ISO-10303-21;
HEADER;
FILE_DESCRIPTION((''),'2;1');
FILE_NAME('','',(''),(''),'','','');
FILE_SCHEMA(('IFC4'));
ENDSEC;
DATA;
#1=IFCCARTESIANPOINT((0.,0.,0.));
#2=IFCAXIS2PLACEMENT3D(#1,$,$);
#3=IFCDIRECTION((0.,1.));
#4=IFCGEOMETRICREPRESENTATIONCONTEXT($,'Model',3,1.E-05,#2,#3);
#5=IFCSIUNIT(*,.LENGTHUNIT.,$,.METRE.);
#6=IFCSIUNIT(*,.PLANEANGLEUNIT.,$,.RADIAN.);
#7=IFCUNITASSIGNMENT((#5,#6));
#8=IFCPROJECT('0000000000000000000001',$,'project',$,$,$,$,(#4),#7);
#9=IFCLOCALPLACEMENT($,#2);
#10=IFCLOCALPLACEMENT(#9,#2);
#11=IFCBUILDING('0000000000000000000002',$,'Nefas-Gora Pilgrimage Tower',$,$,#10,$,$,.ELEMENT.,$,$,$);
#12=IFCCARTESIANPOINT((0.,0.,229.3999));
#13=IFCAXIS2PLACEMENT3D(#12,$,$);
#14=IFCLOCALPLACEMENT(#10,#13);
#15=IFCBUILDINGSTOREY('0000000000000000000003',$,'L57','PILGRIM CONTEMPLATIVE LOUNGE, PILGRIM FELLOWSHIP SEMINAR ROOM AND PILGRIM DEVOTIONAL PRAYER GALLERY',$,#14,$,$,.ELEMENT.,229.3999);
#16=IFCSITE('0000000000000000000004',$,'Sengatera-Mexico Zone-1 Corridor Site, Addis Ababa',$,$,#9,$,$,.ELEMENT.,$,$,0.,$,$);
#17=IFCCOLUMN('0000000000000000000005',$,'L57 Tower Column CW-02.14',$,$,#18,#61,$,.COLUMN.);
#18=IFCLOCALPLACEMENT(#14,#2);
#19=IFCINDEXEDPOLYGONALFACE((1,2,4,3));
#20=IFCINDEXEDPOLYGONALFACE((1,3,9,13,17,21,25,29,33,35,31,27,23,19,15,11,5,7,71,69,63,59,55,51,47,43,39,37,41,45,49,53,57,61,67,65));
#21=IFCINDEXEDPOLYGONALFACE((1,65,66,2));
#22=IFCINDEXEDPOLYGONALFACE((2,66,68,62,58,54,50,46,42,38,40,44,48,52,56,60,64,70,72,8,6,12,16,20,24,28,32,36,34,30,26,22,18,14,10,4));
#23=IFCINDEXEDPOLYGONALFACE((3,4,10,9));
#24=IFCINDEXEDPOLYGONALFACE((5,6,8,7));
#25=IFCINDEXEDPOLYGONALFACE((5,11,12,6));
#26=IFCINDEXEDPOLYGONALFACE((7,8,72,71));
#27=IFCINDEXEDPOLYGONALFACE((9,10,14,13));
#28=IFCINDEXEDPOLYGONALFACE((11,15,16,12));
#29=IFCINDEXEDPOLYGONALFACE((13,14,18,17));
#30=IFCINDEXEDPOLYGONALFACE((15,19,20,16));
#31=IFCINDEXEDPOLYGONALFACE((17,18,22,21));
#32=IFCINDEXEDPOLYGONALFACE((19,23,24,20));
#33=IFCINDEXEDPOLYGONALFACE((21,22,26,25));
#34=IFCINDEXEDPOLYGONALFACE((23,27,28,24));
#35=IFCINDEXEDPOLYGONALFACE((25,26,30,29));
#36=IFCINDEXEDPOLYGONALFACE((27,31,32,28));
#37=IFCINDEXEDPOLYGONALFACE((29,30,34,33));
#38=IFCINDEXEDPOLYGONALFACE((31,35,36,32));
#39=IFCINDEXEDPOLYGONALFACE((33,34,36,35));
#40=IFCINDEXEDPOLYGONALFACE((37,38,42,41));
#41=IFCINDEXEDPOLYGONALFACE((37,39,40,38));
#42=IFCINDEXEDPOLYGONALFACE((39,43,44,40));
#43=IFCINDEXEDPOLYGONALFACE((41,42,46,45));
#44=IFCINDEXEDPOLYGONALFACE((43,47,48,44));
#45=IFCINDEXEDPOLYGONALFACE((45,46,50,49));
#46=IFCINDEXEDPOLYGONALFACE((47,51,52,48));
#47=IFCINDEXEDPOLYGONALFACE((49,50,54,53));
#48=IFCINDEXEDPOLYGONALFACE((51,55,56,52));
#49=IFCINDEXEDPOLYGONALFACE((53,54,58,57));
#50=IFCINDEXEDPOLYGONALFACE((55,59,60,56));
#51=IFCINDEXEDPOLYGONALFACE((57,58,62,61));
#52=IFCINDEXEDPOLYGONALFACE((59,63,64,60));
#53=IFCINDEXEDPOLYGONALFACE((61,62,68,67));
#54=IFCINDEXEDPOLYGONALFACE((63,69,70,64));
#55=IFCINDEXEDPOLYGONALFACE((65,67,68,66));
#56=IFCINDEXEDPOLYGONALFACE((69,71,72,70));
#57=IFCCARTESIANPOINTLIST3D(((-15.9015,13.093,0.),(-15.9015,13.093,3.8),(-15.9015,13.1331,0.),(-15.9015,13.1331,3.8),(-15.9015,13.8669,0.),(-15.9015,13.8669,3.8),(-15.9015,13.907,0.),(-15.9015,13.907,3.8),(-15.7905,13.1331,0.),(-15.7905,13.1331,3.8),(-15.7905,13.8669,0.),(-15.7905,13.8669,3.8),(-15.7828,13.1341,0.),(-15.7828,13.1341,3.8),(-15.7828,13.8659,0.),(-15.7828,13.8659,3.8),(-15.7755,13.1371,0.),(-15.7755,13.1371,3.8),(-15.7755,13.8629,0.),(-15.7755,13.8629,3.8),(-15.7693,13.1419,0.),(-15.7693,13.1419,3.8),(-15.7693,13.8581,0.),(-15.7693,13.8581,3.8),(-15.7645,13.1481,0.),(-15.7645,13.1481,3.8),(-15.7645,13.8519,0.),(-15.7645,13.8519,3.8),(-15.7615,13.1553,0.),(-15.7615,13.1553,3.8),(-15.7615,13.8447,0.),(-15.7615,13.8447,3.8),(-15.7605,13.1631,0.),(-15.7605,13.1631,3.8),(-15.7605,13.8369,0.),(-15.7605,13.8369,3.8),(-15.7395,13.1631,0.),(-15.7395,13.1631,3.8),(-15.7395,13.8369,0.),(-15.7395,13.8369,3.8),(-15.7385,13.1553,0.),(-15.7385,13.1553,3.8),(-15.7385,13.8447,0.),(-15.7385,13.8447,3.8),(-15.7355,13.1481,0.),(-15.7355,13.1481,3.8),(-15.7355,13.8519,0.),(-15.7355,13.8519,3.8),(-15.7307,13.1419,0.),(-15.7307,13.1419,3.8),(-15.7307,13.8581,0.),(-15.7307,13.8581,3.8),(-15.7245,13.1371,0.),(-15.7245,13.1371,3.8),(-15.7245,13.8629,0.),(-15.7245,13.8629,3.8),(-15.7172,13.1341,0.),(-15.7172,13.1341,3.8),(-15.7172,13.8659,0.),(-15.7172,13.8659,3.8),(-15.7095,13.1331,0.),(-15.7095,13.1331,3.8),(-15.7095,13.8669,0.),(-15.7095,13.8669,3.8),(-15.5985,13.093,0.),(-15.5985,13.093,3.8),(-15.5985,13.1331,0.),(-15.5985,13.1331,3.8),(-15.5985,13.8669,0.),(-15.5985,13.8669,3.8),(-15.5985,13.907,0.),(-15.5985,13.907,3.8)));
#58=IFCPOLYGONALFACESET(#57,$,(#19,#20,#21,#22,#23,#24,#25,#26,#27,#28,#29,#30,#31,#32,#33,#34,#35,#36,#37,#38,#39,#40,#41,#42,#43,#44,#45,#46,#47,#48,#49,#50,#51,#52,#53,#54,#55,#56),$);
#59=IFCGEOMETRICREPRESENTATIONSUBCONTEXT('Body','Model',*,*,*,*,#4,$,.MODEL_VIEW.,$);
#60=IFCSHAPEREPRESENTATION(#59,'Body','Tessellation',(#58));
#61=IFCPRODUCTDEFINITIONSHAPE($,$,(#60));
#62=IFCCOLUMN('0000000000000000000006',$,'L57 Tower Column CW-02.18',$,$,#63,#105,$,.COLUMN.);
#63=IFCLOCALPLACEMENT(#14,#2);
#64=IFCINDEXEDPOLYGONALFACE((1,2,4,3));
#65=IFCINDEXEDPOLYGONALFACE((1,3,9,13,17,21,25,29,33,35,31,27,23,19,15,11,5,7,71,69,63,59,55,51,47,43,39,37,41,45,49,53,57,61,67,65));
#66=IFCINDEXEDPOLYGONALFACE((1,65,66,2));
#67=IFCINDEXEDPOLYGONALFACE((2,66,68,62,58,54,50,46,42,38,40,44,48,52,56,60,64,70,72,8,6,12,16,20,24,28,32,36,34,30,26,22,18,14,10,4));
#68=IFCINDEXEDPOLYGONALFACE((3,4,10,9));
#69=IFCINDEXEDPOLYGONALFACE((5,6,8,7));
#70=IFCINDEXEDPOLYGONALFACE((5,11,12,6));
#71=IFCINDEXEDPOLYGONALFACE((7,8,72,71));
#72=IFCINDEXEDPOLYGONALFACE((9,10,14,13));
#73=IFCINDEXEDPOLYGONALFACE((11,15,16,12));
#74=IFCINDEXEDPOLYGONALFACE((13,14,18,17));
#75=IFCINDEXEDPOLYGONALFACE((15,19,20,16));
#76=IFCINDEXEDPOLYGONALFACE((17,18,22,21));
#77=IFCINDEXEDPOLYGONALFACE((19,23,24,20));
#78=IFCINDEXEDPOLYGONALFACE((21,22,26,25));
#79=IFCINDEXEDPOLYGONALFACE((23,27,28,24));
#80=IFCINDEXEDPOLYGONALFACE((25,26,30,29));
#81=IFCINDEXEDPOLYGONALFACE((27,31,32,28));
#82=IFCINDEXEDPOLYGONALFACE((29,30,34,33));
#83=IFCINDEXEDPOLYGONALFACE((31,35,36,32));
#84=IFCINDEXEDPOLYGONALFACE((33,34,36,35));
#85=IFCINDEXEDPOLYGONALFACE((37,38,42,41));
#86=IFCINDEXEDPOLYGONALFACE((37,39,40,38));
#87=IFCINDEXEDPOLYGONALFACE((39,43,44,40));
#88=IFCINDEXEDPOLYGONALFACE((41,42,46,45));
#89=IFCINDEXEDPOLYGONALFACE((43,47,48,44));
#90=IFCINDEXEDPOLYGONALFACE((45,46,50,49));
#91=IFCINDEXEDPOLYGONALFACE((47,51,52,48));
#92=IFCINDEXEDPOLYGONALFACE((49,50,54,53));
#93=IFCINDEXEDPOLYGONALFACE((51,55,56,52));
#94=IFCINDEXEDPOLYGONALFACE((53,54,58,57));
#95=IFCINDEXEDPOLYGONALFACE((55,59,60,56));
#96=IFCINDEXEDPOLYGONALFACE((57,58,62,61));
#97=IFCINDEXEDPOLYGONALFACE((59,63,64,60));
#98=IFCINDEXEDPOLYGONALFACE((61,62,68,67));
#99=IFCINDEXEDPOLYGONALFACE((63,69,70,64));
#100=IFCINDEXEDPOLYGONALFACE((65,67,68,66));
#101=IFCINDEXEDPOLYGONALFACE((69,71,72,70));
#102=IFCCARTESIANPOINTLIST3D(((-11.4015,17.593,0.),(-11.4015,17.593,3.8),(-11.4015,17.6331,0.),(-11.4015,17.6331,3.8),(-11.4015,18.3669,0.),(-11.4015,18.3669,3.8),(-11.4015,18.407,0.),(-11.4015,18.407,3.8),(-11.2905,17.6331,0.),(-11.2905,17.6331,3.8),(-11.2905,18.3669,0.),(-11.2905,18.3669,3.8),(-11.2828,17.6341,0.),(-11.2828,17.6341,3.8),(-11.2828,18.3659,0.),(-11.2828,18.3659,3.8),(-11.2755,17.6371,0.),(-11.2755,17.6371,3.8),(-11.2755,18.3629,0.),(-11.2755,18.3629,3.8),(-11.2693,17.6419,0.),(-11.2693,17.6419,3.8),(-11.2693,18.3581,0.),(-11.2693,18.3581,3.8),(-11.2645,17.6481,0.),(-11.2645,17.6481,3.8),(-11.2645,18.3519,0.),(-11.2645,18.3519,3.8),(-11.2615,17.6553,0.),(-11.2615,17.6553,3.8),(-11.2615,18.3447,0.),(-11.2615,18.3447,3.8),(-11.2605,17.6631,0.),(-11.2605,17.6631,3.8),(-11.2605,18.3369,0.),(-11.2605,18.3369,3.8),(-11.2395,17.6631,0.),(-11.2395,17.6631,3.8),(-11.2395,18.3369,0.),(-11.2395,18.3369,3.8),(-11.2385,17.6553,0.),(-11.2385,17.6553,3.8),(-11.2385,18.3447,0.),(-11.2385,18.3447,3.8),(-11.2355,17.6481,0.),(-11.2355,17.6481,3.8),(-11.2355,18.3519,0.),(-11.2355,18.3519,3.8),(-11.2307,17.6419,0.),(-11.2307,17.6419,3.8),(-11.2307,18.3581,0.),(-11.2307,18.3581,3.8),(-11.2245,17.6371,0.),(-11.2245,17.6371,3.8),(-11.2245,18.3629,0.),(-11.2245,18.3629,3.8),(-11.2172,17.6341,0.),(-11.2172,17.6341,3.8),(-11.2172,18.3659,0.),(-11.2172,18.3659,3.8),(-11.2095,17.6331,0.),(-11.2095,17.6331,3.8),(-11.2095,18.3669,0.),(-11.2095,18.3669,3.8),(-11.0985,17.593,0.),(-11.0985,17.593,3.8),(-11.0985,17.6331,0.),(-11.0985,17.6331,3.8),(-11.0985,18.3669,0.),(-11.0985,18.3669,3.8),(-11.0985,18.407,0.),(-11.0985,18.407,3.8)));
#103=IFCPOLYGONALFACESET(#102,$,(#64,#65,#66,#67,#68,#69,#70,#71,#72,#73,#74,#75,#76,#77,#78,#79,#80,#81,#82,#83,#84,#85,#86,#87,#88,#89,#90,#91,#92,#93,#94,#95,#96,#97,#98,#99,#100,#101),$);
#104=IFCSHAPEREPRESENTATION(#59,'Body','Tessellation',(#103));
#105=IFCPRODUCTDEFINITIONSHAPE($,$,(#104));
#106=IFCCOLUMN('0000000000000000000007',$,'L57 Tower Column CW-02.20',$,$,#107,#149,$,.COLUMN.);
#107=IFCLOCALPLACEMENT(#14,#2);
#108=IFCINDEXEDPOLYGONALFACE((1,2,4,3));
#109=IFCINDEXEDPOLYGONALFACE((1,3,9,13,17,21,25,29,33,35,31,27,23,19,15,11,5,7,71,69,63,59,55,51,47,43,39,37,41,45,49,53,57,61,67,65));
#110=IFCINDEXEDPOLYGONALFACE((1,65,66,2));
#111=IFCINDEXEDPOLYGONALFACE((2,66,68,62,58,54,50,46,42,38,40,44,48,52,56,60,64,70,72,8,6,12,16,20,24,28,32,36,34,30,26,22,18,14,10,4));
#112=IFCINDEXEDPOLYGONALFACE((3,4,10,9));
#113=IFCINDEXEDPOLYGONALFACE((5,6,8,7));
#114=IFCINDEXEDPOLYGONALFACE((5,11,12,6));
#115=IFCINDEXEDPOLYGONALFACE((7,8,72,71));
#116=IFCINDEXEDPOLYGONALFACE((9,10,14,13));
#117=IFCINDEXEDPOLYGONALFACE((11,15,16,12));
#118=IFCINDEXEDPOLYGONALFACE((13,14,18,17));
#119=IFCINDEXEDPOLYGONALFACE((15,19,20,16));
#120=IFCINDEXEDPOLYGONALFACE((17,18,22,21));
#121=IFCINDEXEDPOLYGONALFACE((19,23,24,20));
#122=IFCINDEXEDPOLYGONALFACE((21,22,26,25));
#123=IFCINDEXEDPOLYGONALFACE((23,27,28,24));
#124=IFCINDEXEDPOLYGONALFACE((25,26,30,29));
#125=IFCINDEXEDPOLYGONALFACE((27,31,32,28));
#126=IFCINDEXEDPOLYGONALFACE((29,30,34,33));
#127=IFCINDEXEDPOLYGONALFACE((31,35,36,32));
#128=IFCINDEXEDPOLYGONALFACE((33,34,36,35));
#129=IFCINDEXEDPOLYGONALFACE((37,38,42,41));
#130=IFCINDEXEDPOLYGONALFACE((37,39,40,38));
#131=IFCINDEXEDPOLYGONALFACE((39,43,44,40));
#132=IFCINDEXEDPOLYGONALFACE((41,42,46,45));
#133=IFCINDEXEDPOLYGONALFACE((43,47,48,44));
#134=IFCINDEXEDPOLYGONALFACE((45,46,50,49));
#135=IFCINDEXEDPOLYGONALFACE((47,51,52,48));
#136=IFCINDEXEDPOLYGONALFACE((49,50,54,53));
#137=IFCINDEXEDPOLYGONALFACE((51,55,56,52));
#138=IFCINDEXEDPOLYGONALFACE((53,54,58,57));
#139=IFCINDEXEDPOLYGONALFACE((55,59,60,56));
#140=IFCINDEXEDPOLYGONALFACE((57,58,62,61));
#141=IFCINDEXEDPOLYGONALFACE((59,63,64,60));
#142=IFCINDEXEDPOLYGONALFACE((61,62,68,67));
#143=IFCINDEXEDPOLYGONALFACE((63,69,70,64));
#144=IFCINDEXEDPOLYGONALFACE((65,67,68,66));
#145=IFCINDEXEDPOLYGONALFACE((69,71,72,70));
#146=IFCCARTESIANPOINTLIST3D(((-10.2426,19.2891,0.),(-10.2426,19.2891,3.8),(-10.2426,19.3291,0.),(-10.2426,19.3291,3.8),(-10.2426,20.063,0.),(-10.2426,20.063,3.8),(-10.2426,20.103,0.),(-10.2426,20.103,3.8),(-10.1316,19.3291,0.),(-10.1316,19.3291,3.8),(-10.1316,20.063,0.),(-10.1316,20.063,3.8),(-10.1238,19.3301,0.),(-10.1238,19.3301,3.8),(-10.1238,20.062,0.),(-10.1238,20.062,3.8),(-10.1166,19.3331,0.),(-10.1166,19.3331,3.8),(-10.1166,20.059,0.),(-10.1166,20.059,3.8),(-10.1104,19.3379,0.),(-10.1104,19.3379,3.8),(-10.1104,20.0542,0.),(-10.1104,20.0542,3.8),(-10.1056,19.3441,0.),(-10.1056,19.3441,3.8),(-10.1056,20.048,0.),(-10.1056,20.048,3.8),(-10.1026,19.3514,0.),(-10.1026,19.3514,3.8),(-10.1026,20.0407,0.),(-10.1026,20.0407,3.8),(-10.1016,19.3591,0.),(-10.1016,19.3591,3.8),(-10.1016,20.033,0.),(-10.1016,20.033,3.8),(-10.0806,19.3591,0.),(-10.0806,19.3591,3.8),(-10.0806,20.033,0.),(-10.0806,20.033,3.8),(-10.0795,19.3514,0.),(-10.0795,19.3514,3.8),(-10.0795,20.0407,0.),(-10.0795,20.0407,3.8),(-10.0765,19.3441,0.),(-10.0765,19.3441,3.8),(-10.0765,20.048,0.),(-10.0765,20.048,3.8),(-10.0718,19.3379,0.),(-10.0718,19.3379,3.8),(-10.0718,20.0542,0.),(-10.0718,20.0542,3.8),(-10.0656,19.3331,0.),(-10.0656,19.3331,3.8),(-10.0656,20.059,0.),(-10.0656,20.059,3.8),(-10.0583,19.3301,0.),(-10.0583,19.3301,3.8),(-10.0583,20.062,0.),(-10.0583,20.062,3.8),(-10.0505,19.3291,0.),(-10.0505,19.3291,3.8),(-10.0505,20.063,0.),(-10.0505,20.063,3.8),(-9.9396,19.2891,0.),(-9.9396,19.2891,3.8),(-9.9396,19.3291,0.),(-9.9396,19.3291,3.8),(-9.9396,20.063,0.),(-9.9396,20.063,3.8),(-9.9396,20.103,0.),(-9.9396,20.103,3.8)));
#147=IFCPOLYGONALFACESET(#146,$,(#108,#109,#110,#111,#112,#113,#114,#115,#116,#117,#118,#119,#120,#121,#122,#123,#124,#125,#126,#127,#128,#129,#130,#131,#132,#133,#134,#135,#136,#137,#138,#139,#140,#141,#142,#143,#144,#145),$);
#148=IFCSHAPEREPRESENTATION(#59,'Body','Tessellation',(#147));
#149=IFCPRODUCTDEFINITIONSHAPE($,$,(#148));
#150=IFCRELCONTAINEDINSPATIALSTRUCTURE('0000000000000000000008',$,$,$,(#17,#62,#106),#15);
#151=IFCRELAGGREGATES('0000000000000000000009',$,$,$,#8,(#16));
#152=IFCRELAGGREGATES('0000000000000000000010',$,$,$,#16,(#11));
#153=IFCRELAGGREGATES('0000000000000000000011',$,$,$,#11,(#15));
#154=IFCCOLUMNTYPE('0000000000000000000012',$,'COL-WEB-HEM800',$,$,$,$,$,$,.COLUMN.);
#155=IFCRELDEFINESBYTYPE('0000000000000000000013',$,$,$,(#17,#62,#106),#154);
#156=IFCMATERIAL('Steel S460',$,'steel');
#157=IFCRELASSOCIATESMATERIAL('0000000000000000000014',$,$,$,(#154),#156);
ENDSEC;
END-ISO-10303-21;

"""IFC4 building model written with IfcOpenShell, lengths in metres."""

from ifc_helpers import new_model, si_unit, direction, frame, origin, origin_2d, place, context, subcontext, project, spatial, i_section, extrude, source, transform, mapped, material, material_profile, profile_set, type_object, element, save


model = new_model("IFC4")

# Units and contexts
model_context = context("Model", 3, precision=1e-05, world=origin(), true_north=direction((0.0, 1.0)))
body_context = subcontext(model_context, "Body", "Model", "MODEL_VIEW")
ifc_project = project(units=[si_unit("LENGTHUNIT", "METRE"), si_unit("PLANEANGLEUNIT", "RADIAN")], contexts=[model_context])

# Site, building, storey
site_placement = place(None, origin())
site = spatial("IfcSite", under=ifc_project, at=site_placement, Name="Sengatera-Mexico Zone-1 Corridor Site, Addis Ababa", CompositionType="ELEMENT", RefElevation=0.0)
building_placement = place(site_placement, origin())
building = spatial("IfcBuilding", under=site, at=building_placement, Name="Nefas-Gora Pilgrimage Tower", CompositionType="ELEMENT")
storey_placement = place(building_placement, frame((0.0, 0.0, 229.3999)))
storey = spatial("IfcBuildingStorey", under=building, at=storey_placement, Name="L57", Description="PILGRIM CONTEMPLATIVE LOUNGE, PILGRIM FELLOWSHIP SEMINAR ROOM AND PILGRIM DEVOTIONAL PRAYER GALLERY", CompositionType="ELEMENT", Elevation=229.3999)

# Columns
ifc_material_1 = material(Name="Steel S460", Category="steel")
ifc_material_profile_1 = material_profile(ifc_material_1, i_section(OverallWidth=0.303, OverallDepth=0.814, WebThickness=0.021, FlangeThickness=0.04, FilletRadius=0.03, at=origin_2d()), Name="HEM 800")
ifc_profile_set_1 = profile_set([ifc_material_profile_1], Name="Steel S460")
column_type_1 = type_object("IfcColumnType", Name="COL-WEB-HEM800", PredefinedType="COLUMN", material=ifc_profile_set_1)
shared_shape_1 = source(origin(), body_context, "Body", "SweptSolid", [
    extrude(i_section(OverallWidth=0.303, OverallDepth=0.814, WebThickness=0.021, FlangeThickness=0.04, FilletRadius=0.03, at=origin_2d()), origin(), (0.0, 0.0, 1.0), 3.8),
])
for number, where, z_axis, x_axis, name in (
    (1, (-15.75, 13.5, 0.0), (0.0, 0.0, 1.0), (1.0, 0.0, 0.0), "L57 Tower Column CW-02.14"),
    (2, (-11.25, 18.0, 0.0), (0.0, 0.0, 1.0), (1.0, 0.0, 0.0), "L57 Tower Column CW-02.18"),
    (3, (-10.0911, 19.696, 0.0), (0.0, 0.0, 1.0), (1.0, 0.0, 0.0), "L57 Tower Column CW-02.20"),
):
    element("IfcColumn", number, at=place(storey_placement, frame(where, z_axis=z_axis, x_axis=x_axis)), inside=storey, type_object=column_type_1, Name=name, PredefinedType="COLUMN", context=body_context, shape_type="MappedRepresentation", body=[
        mapped(shared_shape_1, transform((0.0, 0.0, 0.0), x_axis=(1.0, 0.0, 0.0), y_axis=(0.0, 1.0, 0.0), z_axis=(0.0, 0.0, 1.0), scale=1.0)),
    ])

save(model, "model.ifc")
